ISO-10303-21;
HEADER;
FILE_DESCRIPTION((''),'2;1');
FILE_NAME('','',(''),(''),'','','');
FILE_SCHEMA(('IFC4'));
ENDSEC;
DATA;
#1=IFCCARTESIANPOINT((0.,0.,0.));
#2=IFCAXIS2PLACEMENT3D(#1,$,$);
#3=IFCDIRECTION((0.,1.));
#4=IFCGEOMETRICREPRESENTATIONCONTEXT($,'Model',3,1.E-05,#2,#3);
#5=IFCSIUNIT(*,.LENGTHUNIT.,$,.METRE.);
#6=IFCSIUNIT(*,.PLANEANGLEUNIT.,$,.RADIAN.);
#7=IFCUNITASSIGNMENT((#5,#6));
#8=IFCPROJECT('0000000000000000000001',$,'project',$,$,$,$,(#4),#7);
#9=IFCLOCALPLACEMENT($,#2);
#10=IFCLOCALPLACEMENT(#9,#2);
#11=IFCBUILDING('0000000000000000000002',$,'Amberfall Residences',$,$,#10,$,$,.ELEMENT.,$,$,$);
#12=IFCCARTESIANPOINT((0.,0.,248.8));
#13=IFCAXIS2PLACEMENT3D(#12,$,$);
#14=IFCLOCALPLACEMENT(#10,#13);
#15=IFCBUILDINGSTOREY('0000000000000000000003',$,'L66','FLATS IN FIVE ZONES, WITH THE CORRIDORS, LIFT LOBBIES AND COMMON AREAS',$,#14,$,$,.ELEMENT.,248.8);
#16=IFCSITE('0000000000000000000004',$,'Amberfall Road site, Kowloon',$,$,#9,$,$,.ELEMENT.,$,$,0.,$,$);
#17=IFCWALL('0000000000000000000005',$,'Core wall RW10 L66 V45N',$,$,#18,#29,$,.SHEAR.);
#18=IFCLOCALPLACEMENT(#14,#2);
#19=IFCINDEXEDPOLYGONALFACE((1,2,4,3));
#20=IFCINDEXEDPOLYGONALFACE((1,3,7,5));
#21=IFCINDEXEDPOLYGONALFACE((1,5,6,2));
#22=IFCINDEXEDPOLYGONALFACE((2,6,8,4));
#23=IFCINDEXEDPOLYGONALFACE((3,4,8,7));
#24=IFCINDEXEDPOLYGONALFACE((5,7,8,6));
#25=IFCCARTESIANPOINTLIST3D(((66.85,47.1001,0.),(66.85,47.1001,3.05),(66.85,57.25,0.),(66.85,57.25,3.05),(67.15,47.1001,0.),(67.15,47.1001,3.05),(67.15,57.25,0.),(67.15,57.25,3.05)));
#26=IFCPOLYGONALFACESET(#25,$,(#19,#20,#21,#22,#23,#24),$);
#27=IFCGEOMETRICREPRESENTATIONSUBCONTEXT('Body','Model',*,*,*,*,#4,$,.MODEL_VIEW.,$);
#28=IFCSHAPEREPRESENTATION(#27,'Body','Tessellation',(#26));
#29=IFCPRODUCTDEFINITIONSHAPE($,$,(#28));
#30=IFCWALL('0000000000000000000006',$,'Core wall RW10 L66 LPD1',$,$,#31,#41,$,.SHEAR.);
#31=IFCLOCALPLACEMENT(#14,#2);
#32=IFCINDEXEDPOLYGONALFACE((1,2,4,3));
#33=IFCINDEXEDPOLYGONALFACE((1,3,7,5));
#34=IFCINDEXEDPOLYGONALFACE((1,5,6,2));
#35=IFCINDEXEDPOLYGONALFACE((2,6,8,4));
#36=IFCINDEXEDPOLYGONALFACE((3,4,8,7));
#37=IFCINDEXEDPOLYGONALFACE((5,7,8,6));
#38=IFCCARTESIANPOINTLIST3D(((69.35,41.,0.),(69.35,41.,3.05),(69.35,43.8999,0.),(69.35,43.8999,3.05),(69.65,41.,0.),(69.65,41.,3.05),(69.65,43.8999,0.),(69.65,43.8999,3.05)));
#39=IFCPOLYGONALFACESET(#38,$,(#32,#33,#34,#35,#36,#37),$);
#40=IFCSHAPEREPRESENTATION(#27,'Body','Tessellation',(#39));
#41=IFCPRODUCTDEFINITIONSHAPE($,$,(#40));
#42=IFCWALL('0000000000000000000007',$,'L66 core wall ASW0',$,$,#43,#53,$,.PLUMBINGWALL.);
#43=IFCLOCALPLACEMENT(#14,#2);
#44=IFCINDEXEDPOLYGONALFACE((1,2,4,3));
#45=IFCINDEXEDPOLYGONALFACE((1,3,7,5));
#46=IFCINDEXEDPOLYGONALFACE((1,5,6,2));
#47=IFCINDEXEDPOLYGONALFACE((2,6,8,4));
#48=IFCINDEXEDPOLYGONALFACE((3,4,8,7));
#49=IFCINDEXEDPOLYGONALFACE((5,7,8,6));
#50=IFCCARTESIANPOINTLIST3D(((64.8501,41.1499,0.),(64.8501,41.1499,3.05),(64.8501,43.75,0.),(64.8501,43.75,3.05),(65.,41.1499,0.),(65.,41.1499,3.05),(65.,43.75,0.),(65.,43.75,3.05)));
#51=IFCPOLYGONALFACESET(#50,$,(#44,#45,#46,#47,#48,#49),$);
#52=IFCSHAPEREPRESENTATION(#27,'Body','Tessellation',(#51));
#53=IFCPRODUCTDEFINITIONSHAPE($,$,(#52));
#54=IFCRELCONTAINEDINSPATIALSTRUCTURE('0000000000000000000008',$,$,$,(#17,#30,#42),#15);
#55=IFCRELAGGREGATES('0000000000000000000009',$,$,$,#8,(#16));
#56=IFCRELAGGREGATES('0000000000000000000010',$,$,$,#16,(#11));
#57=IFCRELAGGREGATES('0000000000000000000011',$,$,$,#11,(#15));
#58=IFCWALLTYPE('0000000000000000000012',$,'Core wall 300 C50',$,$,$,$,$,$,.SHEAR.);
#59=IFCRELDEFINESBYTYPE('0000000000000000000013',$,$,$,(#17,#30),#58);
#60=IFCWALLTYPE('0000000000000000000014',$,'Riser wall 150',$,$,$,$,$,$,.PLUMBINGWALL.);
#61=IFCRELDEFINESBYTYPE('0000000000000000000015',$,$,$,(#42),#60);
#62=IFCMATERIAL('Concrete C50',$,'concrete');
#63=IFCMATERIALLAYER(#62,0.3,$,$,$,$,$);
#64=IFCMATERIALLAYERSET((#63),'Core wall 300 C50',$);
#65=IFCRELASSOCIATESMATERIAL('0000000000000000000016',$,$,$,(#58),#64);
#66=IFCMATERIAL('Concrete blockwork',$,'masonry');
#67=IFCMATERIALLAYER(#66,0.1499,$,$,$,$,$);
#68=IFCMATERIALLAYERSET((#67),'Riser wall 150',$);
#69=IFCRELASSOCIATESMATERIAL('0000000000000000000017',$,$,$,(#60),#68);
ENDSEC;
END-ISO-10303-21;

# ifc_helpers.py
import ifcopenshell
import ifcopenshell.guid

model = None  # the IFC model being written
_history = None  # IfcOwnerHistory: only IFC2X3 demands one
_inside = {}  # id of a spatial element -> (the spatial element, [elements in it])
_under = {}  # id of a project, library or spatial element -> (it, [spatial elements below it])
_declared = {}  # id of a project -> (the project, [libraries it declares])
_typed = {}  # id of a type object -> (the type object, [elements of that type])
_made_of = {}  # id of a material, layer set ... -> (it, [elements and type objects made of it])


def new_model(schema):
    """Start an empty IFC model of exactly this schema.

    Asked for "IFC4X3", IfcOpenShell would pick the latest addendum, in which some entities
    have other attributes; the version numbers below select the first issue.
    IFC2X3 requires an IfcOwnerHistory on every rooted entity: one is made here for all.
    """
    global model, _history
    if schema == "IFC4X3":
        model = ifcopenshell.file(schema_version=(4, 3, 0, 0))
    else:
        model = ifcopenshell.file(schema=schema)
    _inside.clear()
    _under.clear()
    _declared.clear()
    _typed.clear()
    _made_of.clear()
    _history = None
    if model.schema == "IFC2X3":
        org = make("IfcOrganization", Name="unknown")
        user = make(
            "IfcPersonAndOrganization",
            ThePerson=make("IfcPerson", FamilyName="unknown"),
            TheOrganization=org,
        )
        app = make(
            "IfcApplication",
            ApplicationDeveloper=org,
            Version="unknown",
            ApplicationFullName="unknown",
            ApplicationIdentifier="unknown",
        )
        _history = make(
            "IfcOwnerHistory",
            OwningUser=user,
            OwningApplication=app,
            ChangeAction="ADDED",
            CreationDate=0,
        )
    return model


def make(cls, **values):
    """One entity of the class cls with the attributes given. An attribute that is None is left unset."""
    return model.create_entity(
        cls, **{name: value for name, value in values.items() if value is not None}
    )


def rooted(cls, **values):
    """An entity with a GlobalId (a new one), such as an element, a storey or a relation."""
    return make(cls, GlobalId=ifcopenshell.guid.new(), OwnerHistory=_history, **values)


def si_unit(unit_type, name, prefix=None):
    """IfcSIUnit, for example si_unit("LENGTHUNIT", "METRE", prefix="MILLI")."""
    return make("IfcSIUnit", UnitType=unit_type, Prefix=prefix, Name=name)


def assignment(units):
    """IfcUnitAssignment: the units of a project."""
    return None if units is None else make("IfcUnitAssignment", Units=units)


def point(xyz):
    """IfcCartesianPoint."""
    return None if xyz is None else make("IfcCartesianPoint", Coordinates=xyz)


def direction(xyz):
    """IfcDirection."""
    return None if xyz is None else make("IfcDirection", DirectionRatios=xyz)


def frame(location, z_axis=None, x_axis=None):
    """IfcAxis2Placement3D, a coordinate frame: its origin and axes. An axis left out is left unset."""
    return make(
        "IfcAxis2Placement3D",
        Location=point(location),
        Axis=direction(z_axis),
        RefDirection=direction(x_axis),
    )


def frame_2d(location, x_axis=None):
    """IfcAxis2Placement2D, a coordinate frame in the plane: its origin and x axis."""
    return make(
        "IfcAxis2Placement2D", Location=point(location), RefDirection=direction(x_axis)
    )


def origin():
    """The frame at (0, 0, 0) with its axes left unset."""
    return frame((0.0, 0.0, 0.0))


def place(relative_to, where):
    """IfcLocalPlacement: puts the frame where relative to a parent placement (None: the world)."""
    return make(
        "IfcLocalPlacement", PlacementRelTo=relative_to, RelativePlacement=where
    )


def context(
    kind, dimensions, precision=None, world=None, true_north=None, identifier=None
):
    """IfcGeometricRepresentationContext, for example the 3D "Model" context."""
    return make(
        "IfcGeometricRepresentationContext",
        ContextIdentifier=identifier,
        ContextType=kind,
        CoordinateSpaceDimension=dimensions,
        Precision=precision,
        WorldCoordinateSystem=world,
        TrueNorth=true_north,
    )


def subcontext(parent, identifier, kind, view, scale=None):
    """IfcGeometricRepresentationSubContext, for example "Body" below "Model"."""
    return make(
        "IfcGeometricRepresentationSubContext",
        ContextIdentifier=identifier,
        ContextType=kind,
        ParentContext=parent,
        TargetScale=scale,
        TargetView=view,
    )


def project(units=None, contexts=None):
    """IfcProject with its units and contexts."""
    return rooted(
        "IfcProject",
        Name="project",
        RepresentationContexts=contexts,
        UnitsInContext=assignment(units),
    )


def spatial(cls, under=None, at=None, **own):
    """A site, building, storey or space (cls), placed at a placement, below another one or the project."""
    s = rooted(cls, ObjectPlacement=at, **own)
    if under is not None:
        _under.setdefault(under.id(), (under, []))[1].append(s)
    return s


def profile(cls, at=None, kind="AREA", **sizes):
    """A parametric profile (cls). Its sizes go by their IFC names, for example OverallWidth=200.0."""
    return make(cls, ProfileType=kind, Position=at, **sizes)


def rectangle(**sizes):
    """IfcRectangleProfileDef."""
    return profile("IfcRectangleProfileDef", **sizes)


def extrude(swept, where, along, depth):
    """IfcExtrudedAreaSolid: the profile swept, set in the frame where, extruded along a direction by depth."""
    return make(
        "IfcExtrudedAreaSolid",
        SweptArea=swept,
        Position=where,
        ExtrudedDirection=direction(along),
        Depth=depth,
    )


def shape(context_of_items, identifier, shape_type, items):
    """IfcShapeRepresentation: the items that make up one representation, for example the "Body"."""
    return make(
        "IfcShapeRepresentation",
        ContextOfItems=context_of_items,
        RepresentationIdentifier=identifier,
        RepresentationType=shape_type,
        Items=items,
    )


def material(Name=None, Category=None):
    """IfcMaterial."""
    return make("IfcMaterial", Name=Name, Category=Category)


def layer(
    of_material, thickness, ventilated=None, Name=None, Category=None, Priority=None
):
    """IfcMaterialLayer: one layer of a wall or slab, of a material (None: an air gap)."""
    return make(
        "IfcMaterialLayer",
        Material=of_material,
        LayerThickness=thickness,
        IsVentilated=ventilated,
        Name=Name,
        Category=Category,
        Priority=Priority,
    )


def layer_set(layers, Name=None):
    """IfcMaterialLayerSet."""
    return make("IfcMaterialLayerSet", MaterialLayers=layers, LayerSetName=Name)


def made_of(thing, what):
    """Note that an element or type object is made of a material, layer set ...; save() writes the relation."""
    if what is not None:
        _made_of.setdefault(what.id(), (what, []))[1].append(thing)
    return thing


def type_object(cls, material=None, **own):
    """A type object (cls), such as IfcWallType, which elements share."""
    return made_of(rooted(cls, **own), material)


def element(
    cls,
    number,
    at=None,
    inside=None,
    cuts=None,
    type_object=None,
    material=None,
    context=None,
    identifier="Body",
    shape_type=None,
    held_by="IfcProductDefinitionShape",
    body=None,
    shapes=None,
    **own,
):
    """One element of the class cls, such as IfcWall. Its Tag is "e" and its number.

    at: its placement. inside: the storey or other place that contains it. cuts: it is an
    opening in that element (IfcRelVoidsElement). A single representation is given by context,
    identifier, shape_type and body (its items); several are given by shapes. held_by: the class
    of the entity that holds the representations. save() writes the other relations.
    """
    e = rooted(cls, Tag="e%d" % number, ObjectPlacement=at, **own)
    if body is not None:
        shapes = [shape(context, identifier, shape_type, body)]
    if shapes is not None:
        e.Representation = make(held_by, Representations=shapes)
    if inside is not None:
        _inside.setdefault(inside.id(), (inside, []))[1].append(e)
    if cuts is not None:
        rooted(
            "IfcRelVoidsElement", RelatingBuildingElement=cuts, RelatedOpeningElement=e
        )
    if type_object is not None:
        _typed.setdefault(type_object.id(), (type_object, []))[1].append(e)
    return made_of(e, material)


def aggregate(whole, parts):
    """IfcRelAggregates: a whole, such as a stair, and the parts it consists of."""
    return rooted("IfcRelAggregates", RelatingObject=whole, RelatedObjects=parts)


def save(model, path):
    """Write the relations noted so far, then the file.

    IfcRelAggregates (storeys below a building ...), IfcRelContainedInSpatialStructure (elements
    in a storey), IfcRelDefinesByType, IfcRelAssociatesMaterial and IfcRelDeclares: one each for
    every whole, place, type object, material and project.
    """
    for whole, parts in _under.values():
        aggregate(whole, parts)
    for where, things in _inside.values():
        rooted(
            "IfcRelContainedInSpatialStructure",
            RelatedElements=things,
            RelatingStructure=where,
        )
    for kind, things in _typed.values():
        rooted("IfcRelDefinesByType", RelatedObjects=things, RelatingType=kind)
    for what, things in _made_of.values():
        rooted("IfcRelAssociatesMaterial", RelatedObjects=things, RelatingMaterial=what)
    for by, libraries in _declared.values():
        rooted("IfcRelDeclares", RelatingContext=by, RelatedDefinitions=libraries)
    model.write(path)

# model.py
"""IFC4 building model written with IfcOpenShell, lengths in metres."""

from ifc_helpers import new_model, si_unit, direction, frame, frame_2d, origin, place, context, subcontext, project, spatial, rectangle, extrude, material, layer, layer_set, type_object, element, save


model = new_model("IFC4")

# Units and contexts
model_context = context("Model", 3, precision=1e-05, world=origin(), true_north=direction((0.0, 1.0)))
body_context = subcontext(model_context, "Body", "Model", "MODEL_VIEW")
ifc_project = project(units=[si_unit("LENGTHUNIT", "METRE"), si_unit("PLANEANGLEUNIT", "RADIAN")], contexts=[model_context])

# Site, building, storey
site_placement = place(None, origin())
site = spatial("IfcSite", under=ifc_project, at=site_placement, Name="Amberfall Road site, Kowloon", CompositionType="ELEMENT", RefElevation=0.0)
building_placement = place(site_placement, origin())
building = spatial("IfcBuilding", under=site, at=building_placement, Name="Amberfall Residences", CompositionType="ELEMENT")
storey_placement = place(building_placement, frame((0.0, 0.0, 248.8)))
storey = spatial("IfcBuildingStorey", under=building, at=storey_placement, Name="L66", Description="FLATS IN FIVE ZONES, WITH THE CORRIDORS, LIFT LOBBIES AND COMMON AREAS", CompositionType="ELEMENT", Elevation=248.8)

# Shared definitions
ifc_material_1 = material(Name="Concrete C50", Category="concrete")
ifc_layer_1 = layer(ifc_material_1, 0.3)
ifc_layer_set_1 = layer_set([ifc_layer_1], Name="Core wall 300 C50")
wall_type_1 = type_object("IfcWallType", Name="Core wall 300 C50", PredefinedType="SHEAR", material=ifc_layer_set_1)

# Walls
wall_1_placement = place(storey_placement, frame((67.0, 47.1001, 0.0), z_axis=(0.0, 0.0, 1.0), x_axis=(0.0, 1.0, 0.0)))
element("IfcWall", 1, at=wall_1_placement, inside=storey, type_object=wall_type_1, Name="Core wall RW10 L66 V45N", PredefinedType="SHEAR", context=body_context, shape_type="SweptSolid", body=[
    extrude(rectangle(XDim=10.1499, YDim=0.3, at=frame_2d((5.075, 0.0))), origin(), (0.0, 0.0, 1.0), 3.05),
])
wall_2_placement = place(storey_placement, frame((69.5, 41.0, 0.0), z_axis=(0.0, 0.0, 1.0), x_axis=(0.0, 1.0, 0.0)))
element("IfcWall", 2, at=wall_2_placement, inside=storey, type_object=wall_type_1, Name="Core wall RW10 L66 LPD1", PredefinedType="SHEAR", context=body_context, shape_type="SweptSolid", body=[
    extrude(rectangle(XDim=2.8999, YDim=0.3, at=frame_2d((1.45, 0.0))), origin(), (0.0, 0.0, 1.0), 3.05),
])
ifc_material_2 = material(Name="Concrete blockwork", Category="masonry")
ifc_layer_2 = layer(ifc_material_2, 0.1499)
ifc_layer_set_2 = layer_set([ifc_layer_2], Name="Riser wall 150")
wall_type_2 = type_object("IfcWallType", Name="Riser wall 150", PredefinedType="PLUMBINGWALL", material=ifc_layer_set_2)
wall_3_placement = place(storey_placement, frame((64.925, 41.1499, 0.0), z_axis=(0.0, 0.0, 1.0), x_axis=(0.0, 1.0, 0.0)))
element("IfcWall", 3, at=wall_3_placement, inside=storey, type_object=wall_type_2, Name="L66 core wall ASW0", PredefinedType="PLUMBINGWALL", context=body_context, shape_type="SweptSolid", body=[
    extrude(rectangle(XDim=2.6001, YDim=0.1499, at=frame_2d((1.3, 0.0))), origin(), (0.0, 0.0, 1.0), 3.05),
])

save(model, "model.ifc")
